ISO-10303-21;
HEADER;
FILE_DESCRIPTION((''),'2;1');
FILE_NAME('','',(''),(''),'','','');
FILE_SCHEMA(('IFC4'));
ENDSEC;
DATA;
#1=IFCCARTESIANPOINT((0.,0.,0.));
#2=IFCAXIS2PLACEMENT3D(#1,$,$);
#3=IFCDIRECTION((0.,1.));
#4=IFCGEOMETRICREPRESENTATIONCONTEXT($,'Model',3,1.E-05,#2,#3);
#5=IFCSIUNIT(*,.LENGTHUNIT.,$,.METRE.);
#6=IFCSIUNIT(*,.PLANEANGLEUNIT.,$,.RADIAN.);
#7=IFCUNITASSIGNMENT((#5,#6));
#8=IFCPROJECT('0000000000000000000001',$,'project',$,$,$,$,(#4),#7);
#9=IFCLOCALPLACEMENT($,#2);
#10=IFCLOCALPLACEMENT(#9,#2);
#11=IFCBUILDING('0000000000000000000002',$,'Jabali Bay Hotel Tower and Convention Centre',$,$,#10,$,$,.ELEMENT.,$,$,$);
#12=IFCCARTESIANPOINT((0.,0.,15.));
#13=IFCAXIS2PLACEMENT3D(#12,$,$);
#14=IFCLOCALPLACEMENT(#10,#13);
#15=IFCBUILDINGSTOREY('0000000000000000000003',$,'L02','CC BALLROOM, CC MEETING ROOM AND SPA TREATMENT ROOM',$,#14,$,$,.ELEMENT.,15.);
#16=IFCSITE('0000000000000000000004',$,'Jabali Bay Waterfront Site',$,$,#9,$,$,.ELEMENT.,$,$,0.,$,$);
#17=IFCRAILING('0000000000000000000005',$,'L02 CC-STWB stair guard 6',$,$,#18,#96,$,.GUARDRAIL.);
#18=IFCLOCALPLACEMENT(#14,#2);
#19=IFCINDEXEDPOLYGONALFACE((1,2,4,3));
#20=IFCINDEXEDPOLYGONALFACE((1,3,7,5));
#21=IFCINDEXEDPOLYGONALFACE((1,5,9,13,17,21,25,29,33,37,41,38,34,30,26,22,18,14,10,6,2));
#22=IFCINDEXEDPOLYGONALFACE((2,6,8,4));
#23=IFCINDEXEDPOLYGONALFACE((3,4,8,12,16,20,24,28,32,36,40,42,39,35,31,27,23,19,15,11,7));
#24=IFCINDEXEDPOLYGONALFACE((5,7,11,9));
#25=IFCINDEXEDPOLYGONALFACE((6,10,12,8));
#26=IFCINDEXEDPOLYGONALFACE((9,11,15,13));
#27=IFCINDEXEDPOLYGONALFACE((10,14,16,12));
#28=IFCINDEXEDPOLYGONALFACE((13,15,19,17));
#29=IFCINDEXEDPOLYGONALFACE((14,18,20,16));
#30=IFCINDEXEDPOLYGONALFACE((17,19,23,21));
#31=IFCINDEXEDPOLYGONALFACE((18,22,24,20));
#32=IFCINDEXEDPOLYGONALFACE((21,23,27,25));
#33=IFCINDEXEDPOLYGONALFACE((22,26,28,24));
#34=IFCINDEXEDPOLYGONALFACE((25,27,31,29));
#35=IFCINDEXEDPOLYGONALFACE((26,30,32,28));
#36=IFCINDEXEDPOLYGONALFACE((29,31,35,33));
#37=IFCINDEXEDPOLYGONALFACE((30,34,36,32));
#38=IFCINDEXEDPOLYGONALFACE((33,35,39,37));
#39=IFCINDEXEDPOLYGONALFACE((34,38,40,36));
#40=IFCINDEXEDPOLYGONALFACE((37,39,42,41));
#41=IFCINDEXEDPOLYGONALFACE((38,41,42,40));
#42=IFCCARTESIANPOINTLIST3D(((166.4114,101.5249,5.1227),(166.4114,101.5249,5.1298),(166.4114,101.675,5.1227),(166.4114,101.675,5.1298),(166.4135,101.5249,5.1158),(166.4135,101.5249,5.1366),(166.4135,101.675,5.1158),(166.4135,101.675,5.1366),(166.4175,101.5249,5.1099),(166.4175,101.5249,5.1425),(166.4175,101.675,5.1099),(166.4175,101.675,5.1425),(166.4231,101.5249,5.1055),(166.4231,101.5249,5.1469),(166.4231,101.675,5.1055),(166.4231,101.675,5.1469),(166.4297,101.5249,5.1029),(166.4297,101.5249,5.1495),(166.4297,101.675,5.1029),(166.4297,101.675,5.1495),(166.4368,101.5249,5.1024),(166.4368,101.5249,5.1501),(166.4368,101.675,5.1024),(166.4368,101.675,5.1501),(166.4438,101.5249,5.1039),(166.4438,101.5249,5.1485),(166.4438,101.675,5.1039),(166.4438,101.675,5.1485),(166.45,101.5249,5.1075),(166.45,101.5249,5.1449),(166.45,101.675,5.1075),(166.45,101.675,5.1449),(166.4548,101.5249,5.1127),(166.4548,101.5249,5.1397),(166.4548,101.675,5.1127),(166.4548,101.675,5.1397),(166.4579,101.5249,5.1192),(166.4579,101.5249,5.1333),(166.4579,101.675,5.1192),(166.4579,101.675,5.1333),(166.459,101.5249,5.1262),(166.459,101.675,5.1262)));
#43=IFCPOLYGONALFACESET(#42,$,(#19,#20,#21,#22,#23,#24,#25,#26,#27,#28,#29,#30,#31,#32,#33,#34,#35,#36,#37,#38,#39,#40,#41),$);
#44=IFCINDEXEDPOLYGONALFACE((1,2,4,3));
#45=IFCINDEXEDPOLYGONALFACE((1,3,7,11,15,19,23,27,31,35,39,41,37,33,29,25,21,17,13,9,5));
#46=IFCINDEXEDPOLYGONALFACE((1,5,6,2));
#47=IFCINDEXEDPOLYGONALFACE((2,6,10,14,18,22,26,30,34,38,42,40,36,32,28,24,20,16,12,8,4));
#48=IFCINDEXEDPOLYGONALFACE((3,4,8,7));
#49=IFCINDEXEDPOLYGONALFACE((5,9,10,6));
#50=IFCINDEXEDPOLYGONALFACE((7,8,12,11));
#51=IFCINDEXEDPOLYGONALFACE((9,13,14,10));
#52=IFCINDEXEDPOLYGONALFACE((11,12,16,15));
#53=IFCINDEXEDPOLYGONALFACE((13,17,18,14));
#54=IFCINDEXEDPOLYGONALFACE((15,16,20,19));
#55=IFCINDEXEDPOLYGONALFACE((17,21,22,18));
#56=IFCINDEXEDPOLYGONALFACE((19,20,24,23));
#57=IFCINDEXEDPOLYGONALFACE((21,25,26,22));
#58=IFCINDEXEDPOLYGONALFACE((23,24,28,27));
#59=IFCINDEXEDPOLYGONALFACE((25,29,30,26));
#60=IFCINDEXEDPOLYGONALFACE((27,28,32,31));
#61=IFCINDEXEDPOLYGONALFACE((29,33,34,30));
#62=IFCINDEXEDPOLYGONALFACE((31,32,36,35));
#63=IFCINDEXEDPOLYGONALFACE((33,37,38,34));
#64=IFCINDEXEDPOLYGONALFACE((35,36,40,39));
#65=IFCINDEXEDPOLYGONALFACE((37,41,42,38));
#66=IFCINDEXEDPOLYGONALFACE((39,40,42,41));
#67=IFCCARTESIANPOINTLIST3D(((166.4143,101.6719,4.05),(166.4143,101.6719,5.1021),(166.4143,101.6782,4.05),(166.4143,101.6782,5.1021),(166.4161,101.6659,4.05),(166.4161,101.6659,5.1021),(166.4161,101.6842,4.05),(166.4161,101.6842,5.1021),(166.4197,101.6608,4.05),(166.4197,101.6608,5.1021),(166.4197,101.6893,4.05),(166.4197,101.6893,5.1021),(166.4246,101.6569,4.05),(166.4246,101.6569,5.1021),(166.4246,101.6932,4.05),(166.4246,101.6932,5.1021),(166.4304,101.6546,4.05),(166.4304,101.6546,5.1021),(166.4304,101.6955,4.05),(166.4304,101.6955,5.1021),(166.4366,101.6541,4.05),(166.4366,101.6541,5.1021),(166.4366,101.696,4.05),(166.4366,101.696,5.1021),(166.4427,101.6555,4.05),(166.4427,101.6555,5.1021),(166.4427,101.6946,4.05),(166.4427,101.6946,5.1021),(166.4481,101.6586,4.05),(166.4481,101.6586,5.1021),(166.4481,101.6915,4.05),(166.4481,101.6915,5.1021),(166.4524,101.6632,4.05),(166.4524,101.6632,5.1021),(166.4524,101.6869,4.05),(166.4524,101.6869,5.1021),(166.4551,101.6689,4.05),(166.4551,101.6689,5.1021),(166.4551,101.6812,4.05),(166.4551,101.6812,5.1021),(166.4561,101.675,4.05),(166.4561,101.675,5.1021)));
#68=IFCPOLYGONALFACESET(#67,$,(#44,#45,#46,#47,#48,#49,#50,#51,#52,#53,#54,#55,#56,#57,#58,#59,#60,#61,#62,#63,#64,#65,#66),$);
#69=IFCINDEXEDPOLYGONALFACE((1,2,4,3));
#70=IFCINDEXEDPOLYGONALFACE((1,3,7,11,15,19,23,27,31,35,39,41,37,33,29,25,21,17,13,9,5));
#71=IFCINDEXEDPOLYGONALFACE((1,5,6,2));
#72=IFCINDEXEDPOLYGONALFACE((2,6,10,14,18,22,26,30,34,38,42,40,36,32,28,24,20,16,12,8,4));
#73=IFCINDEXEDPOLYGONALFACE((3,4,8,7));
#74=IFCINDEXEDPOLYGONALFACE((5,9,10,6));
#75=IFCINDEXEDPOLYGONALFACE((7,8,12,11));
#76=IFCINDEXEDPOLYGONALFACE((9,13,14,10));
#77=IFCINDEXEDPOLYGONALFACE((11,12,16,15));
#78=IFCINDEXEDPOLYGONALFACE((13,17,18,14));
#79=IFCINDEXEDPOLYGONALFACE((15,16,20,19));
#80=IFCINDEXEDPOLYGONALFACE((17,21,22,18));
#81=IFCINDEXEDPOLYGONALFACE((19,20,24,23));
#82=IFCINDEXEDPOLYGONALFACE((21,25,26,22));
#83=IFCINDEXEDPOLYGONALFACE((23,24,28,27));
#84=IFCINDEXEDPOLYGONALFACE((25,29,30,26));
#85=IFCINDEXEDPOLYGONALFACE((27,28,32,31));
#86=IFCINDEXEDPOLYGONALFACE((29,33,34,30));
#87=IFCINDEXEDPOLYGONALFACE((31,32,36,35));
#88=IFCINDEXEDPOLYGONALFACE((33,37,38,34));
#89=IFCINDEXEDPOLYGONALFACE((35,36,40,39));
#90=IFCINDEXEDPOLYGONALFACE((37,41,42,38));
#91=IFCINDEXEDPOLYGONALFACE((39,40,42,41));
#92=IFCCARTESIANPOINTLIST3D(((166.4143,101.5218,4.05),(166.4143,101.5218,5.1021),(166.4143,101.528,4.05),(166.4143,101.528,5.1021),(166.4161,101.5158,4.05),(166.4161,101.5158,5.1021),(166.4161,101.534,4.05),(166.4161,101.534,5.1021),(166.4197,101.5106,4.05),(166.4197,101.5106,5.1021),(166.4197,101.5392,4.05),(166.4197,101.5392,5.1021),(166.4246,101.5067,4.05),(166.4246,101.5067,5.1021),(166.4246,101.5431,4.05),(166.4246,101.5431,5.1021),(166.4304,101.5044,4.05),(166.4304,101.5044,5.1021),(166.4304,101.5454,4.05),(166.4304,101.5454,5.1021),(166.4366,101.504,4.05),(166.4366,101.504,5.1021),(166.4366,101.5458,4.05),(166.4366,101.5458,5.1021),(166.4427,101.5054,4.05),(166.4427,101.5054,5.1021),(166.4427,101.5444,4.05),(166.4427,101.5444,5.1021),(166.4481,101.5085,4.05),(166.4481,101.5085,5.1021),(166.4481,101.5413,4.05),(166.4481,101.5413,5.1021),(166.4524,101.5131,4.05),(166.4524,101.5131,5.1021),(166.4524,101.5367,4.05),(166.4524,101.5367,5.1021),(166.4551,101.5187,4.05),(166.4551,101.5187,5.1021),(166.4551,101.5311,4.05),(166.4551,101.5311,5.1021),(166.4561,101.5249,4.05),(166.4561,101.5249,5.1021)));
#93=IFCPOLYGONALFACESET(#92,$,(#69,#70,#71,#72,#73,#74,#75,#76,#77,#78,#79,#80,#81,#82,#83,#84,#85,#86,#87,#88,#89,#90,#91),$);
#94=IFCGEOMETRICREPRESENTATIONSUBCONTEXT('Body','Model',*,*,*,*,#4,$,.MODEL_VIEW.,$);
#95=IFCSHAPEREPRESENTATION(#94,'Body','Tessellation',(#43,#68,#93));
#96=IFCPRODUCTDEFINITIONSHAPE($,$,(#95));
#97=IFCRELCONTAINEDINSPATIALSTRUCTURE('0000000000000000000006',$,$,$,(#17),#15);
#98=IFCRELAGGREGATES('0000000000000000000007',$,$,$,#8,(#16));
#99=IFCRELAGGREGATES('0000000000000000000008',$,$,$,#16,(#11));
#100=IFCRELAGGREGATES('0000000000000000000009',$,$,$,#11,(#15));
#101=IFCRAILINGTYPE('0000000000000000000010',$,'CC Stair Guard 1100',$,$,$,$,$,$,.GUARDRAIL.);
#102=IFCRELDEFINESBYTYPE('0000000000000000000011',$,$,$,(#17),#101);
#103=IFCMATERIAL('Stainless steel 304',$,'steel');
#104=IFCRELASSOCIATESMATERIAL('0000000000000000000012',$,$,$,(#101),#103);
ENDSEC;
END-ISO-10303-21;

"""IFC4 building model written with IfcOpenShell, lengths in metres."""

from ifc_helpers import new_model, si_unit, direction, frame, origin, origin_2d, place, context, subcontext, project, spatial, circle, extrude, material, type_object, element, save


model = new_model("IFC4")

# Units and contexts
model_context = context("Model", 3, precision=1e-05, world=origin(), true_north=direction((0.0, 1.0)))
body_context = subcontext(model_context, "Body", "Model", "MODEL_VIEW")
ifc_project = project(units=[si_unit("LENGTHUNIT", "METRE"), si_unit("PLANEANGLEUNIT", "RADIAN")], contexts=[model_context])

# Site, building, storey
site_placement = place(None, origin())
site = spatial("IfcSite", under=ifc_project, at=site_placement, Name="Jabali Bay Waterfront Site", CompositionType="ELEMENT", RefElevation=0.0)
building_placement = place(site_placement, origin())
building = spatial("IfcBuilding", under=site, at=building_placement, Name="Jabali Bay Hotel Tower and Convention Centre", CompositionType="ELEMENT")
storey_placement = place(building_placement, frame((0.0, 0.0, 15.0)))
storey = spatial("IfcBuildingStorey", under=building, at=storey_placement, Name="L02", Description="CC BALLROOM, CC MEETING ROOM AND SPA TREATMENT ROOM", CompositionType="ELEMENT", Elevation=15.0)

# Railing
ifc_material_1 = material(Name="Stainless steel 304", Category="steel")
railing_type_1 = type_object("IfcRailingType", Name="CC Stair Guard 1100", PredefinedType="GUARDRAIL", material=ifc_material_1)
railing_1_placement = place(storey_placement, frame((166.4351, 101.675, 4.05)))
element("IfcRailing", 1, at=railing_1_placement, inside=storey, type_object=railing_type_1, Name="L02 CC-STWB stair guard 6", PredefinedType="GUARDRAIL", context=body_context, shape_type="SweptSolid", body=[
    extrude(circle(Radius=0.0239, at=origin_2d()), frame((0.0, 0.0, 1.0762), z_axis=(0.0, -1.0, 0.0), x_axis=(1.0, 0.0, 0.0)), (0.0, 0.0, 1.0), 0.1501),
    extrude(circle(Radius=0.021, at=origin_2d()), origin(), (0.0, 0.0, 1.0), 1.052),
    extrude(circle(Radius=0.021, at=origin_2d()), frame((0.0, -0.1501, 0.0)), (0.0, 0.0, 1.0), 1.052),
])

save(model, "model.ifc")
